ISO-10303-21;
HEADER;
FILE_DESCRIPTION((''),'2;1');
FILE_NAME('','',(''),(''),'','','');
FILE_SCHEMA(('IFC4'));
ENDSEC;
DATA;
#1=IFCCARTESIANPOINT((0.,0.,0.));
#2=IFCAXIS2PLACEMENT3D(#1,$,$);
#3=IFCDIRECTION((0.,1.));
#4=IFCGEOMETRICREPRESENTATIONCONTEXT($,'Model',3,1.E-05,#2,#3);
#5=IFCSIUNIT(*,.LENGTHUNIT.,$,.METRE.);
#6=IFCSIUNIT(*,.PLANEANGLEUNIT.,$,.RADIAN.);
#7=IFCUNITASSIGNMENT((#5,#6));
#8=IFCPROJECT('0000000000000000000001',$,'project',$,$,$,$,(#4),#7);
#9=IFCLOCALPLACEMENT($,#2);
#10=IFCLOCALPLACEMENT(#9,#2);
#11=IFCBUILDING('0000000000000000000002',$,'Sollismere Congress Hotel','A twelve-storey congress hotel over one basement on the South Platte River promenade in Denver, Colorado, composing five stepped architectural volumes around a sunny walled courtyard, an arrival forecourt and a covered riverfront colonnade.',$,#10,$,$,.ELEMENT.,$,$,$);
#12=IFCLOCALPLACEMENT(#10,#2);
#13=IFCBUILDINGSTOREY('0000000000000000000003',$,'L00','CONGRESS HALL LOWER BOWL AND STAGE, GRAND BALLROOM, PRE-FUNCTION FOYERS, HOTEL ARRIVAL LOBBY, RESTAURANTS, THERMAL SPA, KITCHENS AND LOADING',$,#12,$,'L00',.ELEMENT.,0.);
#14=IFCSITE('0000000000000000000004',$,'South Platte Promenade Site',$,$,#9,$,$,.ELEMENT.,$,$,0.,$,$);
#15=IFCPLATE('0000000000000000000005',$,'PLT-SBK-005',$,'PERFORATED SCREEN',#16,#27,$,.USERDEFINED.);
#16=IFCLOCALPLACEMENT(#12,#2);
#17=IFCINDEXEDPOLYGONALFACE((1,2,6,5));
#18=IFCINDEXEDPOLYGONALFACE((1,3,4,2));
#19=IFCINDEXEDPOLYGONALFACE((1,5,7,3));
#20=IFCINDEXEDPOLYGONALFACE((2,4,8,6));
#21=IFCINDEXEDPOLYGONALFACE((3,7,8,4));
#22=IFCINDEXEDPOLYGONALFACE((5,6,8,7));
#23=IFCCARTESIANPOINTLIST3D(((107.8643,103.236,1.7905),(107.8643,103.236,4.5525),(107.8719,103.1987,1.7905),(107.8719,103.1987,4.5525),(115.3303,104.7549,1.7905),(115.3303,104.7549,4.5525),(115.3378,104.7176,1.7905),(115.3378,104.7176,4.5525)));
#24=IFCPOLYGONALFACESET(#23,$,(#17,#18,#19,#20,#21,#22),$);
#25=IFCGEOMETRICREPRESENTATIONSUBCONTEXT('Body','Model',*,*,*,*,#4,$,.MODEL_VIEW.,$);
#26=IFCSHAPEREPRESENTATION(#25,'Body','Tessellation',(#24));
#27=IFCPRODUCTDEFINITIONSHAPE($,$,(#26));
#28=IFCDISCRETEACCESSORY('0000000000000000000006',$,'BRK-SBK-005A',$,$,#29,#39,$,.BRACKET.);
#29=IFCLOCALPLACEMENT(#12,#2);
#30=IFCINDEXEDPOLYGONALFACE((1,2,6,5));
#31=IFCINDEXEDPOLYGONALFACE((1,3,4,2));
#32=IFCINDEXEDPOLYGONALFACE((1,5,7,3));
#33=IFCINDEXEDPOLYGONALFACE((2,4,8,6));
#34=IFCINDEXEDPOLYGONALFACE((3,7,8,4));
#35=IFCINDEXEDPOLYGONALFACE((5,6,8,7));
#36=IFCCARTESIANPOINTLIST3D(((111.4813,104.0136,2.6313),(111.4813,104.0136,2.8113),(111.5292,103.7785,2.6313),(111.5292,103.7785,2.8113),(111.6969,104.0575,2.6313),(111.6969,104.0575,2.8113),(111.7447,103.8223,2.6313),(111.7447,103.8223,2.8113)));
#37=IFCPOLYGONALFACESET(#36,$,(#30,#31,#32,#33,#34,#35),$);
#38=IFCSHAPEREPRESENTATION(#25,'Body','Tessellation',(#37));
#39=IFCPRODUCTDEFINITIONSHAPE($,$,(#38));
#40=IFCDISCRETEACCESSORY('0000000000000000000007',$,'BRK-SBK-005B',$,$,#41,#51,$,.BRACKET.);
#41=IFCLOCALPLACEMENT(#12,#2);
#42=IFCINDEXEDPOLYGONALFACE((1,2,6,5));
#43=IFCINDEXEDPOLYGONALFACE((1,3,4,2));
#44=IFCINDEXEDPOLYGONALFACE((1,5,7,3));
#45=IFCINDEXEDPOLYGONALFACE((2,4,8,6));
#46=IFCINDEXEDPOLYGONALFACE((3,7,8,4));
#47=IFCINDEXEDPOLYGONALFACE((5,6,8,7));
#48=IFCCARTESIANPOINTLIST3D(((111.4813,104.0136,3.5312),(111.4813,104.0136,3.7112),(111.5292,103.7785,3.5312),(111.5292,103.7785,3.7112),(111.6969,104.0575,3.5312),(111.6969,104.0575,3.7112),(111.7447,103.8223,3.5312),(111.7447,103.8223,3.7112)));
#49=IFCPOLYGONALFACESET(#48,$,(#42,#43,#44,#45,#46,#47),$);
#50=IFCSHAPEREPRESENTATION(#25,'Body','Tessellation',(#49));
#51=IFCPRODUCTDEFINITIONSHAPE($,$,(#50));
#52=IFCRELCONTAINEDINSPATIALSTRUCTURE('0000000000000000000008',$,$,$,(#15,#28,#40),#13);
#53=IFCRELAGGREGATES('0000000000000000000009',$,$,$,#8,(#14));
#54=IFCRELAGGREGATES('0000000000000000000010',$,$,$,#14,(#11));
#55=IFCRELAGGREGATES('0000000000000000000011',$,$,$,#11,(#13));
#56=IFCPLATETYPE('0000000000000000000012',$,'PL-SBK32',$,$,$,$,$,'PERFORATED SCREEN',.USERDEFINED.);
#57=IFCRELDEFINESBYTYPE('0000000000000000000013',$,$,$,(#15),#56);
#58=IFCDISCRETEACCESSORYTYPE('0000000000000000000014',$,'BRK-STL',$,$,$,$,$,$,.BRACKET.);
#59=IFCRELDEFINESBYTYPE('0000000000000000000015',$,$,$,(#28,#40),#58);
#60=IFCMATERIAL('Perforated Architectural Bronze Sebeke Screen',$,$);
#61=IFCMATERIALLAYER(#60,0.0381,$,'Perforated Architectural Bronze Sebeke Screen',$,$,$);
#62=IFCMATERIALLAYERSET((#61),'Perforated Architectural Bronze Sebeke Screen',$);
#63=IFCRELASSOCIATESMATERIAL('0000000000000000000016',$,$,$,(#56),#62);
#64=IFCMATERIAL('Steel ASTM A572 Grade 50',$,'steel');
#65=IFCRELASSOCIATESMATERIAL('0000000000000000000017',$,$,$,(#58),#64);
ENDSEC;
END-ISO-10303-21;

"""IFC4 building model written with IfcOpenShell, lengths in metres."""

from ifc_helpers import new_model, si_unit, direction, frame, origin, origin_2d, place, context, subcontext, project, spatial, rectangle, extrude, material, layer, layer_set, type_object, element, save


model = new_model("IFC4")

# Units and contexts
model_context = context("Model", 3, precision=1e-05, world=origin(), true_north=direction((0.0, 1.0)))
body_context = subcontext(model_context, "Body", "Model", "MODEL_VIEW")
ifc_project = project(units=[si_unit("LENGTHUNIT", "METRE"), si_unit("PLANEANGLEUNIT", "RADIAN")], contexts=[model_context])

# Site, building, storey
site_placement = place(None, origin())
site = spatial("IfcSite", under=ifc_project, at=site_placement, Name="South Platte Promenade Site", CompositionType="ELEMENT", RefElevation=0.0)
building_placement = place(site_placement, origin())
building = spatial("IfcBuilding", under=site, at=building_placement, Name="Sollismere Congress Hotel", Description="A twelve-storey congress hotel over one basement on the South Platte River promenade in Denver, Colorado, composing five stepped architectural volumes around a sunny walled courtyard, an arrival forecourt and a covered riverfront colonnade.", CompositionType="ELEMENT")
storey_placement = place(building_placement, origin())
storey = spatial("IfcBuildingStorey", under=building, at=storey_placement, Name="L00", Description="CONGRESS HALL LOWER BOWL AND STAGE, GRAND BALLROOM, PRE-FUNCTION FOYERS, HOTEL ARRIVAL LOBBY, RESTAURANTS, THERMAL SPA, KITCHENS AND LOADING", LongName="L00", CompositionType="ELEMENT", Elevation=0.0)

# Plate
ifc_material_1 = material(Name="Perforated Architectural Bronze Sebeke Screen")
ifc_layer_1 = layer(ifc_material_1, 0.0381, Name="Perforated Architectural Bronze Sebeke Screen")
ifc_layer_set_1 = layer_set([ifc_layer_1], Name="Perforated Architectural Bronze Sebeke Screen")
plate_type_1 = type_object("IfcPlateType", Name="PL-SBK32", ElementType="PERFORATED SCREEN", PredefinedType="USERDEFINED", material=ifc_layer_set_1)
plate_1_placement = place(storey_placement, frame((111.6011, 103.9768, 1.7905), z_axis=(0.0, 0.0, 1.0), x_axis=(0.979925, 0.199368, 0.0)))
element("IfcPlate", 1, at=plate_1_placement, inside=storey, type_object=plate_type_1, Name="PLT-SBK-005", ObjectType="PERFORATED SCREEN", PredefinedType="USERDEFINED", context=body_context, shape_type="SweptSolid", body=[
    extrude(rectangle(XDim=7.6189, YDim=0.0381, at=origin_2d()), origin(), (0.0, 0.0, 1.0), 2.762),
])

# Discrete accessories
ifc_material_2 = material(Name="Steel ASTM A572 Grade 50", Category="steel")
discrete_accessory_type = type_object("IfcDiscreteAccessoryType", Name="BRK-STL", PredefinedType="BRACKET", material=ifc_material_2)
for number, where, z_axis, x_axis, name in (
    (2, (111.613, 103.918, 2.6313), (0.0, 0.0, 1.0), (0.979925, 0.199368, 0.0), "BRK-SBK-005A"),
    (3, (111.613, 103.918, 3.5312), (0.0, 0.0, 1.0), (0.979925, 0.199368, 0.0), "BRK-SBK-005B"),
):
    element("IfcDiscreteAccessory", number, at=place(storey_placement, frame(where, z_axis=z_axis, x_axis=x_axis)), inside=storey, type_object=discrete_accessory_type, Name=name, PredefinedType="BRACKET", context=body_context, shape_type="SweptSolid", body=[
        extrude(rectangle(XDim=0.22, YDim=0.24, at=origin_2d()), origin(), (0.0, 0.0, 1.0), 0.1799),
    ])

save(model, "model.ifc")
